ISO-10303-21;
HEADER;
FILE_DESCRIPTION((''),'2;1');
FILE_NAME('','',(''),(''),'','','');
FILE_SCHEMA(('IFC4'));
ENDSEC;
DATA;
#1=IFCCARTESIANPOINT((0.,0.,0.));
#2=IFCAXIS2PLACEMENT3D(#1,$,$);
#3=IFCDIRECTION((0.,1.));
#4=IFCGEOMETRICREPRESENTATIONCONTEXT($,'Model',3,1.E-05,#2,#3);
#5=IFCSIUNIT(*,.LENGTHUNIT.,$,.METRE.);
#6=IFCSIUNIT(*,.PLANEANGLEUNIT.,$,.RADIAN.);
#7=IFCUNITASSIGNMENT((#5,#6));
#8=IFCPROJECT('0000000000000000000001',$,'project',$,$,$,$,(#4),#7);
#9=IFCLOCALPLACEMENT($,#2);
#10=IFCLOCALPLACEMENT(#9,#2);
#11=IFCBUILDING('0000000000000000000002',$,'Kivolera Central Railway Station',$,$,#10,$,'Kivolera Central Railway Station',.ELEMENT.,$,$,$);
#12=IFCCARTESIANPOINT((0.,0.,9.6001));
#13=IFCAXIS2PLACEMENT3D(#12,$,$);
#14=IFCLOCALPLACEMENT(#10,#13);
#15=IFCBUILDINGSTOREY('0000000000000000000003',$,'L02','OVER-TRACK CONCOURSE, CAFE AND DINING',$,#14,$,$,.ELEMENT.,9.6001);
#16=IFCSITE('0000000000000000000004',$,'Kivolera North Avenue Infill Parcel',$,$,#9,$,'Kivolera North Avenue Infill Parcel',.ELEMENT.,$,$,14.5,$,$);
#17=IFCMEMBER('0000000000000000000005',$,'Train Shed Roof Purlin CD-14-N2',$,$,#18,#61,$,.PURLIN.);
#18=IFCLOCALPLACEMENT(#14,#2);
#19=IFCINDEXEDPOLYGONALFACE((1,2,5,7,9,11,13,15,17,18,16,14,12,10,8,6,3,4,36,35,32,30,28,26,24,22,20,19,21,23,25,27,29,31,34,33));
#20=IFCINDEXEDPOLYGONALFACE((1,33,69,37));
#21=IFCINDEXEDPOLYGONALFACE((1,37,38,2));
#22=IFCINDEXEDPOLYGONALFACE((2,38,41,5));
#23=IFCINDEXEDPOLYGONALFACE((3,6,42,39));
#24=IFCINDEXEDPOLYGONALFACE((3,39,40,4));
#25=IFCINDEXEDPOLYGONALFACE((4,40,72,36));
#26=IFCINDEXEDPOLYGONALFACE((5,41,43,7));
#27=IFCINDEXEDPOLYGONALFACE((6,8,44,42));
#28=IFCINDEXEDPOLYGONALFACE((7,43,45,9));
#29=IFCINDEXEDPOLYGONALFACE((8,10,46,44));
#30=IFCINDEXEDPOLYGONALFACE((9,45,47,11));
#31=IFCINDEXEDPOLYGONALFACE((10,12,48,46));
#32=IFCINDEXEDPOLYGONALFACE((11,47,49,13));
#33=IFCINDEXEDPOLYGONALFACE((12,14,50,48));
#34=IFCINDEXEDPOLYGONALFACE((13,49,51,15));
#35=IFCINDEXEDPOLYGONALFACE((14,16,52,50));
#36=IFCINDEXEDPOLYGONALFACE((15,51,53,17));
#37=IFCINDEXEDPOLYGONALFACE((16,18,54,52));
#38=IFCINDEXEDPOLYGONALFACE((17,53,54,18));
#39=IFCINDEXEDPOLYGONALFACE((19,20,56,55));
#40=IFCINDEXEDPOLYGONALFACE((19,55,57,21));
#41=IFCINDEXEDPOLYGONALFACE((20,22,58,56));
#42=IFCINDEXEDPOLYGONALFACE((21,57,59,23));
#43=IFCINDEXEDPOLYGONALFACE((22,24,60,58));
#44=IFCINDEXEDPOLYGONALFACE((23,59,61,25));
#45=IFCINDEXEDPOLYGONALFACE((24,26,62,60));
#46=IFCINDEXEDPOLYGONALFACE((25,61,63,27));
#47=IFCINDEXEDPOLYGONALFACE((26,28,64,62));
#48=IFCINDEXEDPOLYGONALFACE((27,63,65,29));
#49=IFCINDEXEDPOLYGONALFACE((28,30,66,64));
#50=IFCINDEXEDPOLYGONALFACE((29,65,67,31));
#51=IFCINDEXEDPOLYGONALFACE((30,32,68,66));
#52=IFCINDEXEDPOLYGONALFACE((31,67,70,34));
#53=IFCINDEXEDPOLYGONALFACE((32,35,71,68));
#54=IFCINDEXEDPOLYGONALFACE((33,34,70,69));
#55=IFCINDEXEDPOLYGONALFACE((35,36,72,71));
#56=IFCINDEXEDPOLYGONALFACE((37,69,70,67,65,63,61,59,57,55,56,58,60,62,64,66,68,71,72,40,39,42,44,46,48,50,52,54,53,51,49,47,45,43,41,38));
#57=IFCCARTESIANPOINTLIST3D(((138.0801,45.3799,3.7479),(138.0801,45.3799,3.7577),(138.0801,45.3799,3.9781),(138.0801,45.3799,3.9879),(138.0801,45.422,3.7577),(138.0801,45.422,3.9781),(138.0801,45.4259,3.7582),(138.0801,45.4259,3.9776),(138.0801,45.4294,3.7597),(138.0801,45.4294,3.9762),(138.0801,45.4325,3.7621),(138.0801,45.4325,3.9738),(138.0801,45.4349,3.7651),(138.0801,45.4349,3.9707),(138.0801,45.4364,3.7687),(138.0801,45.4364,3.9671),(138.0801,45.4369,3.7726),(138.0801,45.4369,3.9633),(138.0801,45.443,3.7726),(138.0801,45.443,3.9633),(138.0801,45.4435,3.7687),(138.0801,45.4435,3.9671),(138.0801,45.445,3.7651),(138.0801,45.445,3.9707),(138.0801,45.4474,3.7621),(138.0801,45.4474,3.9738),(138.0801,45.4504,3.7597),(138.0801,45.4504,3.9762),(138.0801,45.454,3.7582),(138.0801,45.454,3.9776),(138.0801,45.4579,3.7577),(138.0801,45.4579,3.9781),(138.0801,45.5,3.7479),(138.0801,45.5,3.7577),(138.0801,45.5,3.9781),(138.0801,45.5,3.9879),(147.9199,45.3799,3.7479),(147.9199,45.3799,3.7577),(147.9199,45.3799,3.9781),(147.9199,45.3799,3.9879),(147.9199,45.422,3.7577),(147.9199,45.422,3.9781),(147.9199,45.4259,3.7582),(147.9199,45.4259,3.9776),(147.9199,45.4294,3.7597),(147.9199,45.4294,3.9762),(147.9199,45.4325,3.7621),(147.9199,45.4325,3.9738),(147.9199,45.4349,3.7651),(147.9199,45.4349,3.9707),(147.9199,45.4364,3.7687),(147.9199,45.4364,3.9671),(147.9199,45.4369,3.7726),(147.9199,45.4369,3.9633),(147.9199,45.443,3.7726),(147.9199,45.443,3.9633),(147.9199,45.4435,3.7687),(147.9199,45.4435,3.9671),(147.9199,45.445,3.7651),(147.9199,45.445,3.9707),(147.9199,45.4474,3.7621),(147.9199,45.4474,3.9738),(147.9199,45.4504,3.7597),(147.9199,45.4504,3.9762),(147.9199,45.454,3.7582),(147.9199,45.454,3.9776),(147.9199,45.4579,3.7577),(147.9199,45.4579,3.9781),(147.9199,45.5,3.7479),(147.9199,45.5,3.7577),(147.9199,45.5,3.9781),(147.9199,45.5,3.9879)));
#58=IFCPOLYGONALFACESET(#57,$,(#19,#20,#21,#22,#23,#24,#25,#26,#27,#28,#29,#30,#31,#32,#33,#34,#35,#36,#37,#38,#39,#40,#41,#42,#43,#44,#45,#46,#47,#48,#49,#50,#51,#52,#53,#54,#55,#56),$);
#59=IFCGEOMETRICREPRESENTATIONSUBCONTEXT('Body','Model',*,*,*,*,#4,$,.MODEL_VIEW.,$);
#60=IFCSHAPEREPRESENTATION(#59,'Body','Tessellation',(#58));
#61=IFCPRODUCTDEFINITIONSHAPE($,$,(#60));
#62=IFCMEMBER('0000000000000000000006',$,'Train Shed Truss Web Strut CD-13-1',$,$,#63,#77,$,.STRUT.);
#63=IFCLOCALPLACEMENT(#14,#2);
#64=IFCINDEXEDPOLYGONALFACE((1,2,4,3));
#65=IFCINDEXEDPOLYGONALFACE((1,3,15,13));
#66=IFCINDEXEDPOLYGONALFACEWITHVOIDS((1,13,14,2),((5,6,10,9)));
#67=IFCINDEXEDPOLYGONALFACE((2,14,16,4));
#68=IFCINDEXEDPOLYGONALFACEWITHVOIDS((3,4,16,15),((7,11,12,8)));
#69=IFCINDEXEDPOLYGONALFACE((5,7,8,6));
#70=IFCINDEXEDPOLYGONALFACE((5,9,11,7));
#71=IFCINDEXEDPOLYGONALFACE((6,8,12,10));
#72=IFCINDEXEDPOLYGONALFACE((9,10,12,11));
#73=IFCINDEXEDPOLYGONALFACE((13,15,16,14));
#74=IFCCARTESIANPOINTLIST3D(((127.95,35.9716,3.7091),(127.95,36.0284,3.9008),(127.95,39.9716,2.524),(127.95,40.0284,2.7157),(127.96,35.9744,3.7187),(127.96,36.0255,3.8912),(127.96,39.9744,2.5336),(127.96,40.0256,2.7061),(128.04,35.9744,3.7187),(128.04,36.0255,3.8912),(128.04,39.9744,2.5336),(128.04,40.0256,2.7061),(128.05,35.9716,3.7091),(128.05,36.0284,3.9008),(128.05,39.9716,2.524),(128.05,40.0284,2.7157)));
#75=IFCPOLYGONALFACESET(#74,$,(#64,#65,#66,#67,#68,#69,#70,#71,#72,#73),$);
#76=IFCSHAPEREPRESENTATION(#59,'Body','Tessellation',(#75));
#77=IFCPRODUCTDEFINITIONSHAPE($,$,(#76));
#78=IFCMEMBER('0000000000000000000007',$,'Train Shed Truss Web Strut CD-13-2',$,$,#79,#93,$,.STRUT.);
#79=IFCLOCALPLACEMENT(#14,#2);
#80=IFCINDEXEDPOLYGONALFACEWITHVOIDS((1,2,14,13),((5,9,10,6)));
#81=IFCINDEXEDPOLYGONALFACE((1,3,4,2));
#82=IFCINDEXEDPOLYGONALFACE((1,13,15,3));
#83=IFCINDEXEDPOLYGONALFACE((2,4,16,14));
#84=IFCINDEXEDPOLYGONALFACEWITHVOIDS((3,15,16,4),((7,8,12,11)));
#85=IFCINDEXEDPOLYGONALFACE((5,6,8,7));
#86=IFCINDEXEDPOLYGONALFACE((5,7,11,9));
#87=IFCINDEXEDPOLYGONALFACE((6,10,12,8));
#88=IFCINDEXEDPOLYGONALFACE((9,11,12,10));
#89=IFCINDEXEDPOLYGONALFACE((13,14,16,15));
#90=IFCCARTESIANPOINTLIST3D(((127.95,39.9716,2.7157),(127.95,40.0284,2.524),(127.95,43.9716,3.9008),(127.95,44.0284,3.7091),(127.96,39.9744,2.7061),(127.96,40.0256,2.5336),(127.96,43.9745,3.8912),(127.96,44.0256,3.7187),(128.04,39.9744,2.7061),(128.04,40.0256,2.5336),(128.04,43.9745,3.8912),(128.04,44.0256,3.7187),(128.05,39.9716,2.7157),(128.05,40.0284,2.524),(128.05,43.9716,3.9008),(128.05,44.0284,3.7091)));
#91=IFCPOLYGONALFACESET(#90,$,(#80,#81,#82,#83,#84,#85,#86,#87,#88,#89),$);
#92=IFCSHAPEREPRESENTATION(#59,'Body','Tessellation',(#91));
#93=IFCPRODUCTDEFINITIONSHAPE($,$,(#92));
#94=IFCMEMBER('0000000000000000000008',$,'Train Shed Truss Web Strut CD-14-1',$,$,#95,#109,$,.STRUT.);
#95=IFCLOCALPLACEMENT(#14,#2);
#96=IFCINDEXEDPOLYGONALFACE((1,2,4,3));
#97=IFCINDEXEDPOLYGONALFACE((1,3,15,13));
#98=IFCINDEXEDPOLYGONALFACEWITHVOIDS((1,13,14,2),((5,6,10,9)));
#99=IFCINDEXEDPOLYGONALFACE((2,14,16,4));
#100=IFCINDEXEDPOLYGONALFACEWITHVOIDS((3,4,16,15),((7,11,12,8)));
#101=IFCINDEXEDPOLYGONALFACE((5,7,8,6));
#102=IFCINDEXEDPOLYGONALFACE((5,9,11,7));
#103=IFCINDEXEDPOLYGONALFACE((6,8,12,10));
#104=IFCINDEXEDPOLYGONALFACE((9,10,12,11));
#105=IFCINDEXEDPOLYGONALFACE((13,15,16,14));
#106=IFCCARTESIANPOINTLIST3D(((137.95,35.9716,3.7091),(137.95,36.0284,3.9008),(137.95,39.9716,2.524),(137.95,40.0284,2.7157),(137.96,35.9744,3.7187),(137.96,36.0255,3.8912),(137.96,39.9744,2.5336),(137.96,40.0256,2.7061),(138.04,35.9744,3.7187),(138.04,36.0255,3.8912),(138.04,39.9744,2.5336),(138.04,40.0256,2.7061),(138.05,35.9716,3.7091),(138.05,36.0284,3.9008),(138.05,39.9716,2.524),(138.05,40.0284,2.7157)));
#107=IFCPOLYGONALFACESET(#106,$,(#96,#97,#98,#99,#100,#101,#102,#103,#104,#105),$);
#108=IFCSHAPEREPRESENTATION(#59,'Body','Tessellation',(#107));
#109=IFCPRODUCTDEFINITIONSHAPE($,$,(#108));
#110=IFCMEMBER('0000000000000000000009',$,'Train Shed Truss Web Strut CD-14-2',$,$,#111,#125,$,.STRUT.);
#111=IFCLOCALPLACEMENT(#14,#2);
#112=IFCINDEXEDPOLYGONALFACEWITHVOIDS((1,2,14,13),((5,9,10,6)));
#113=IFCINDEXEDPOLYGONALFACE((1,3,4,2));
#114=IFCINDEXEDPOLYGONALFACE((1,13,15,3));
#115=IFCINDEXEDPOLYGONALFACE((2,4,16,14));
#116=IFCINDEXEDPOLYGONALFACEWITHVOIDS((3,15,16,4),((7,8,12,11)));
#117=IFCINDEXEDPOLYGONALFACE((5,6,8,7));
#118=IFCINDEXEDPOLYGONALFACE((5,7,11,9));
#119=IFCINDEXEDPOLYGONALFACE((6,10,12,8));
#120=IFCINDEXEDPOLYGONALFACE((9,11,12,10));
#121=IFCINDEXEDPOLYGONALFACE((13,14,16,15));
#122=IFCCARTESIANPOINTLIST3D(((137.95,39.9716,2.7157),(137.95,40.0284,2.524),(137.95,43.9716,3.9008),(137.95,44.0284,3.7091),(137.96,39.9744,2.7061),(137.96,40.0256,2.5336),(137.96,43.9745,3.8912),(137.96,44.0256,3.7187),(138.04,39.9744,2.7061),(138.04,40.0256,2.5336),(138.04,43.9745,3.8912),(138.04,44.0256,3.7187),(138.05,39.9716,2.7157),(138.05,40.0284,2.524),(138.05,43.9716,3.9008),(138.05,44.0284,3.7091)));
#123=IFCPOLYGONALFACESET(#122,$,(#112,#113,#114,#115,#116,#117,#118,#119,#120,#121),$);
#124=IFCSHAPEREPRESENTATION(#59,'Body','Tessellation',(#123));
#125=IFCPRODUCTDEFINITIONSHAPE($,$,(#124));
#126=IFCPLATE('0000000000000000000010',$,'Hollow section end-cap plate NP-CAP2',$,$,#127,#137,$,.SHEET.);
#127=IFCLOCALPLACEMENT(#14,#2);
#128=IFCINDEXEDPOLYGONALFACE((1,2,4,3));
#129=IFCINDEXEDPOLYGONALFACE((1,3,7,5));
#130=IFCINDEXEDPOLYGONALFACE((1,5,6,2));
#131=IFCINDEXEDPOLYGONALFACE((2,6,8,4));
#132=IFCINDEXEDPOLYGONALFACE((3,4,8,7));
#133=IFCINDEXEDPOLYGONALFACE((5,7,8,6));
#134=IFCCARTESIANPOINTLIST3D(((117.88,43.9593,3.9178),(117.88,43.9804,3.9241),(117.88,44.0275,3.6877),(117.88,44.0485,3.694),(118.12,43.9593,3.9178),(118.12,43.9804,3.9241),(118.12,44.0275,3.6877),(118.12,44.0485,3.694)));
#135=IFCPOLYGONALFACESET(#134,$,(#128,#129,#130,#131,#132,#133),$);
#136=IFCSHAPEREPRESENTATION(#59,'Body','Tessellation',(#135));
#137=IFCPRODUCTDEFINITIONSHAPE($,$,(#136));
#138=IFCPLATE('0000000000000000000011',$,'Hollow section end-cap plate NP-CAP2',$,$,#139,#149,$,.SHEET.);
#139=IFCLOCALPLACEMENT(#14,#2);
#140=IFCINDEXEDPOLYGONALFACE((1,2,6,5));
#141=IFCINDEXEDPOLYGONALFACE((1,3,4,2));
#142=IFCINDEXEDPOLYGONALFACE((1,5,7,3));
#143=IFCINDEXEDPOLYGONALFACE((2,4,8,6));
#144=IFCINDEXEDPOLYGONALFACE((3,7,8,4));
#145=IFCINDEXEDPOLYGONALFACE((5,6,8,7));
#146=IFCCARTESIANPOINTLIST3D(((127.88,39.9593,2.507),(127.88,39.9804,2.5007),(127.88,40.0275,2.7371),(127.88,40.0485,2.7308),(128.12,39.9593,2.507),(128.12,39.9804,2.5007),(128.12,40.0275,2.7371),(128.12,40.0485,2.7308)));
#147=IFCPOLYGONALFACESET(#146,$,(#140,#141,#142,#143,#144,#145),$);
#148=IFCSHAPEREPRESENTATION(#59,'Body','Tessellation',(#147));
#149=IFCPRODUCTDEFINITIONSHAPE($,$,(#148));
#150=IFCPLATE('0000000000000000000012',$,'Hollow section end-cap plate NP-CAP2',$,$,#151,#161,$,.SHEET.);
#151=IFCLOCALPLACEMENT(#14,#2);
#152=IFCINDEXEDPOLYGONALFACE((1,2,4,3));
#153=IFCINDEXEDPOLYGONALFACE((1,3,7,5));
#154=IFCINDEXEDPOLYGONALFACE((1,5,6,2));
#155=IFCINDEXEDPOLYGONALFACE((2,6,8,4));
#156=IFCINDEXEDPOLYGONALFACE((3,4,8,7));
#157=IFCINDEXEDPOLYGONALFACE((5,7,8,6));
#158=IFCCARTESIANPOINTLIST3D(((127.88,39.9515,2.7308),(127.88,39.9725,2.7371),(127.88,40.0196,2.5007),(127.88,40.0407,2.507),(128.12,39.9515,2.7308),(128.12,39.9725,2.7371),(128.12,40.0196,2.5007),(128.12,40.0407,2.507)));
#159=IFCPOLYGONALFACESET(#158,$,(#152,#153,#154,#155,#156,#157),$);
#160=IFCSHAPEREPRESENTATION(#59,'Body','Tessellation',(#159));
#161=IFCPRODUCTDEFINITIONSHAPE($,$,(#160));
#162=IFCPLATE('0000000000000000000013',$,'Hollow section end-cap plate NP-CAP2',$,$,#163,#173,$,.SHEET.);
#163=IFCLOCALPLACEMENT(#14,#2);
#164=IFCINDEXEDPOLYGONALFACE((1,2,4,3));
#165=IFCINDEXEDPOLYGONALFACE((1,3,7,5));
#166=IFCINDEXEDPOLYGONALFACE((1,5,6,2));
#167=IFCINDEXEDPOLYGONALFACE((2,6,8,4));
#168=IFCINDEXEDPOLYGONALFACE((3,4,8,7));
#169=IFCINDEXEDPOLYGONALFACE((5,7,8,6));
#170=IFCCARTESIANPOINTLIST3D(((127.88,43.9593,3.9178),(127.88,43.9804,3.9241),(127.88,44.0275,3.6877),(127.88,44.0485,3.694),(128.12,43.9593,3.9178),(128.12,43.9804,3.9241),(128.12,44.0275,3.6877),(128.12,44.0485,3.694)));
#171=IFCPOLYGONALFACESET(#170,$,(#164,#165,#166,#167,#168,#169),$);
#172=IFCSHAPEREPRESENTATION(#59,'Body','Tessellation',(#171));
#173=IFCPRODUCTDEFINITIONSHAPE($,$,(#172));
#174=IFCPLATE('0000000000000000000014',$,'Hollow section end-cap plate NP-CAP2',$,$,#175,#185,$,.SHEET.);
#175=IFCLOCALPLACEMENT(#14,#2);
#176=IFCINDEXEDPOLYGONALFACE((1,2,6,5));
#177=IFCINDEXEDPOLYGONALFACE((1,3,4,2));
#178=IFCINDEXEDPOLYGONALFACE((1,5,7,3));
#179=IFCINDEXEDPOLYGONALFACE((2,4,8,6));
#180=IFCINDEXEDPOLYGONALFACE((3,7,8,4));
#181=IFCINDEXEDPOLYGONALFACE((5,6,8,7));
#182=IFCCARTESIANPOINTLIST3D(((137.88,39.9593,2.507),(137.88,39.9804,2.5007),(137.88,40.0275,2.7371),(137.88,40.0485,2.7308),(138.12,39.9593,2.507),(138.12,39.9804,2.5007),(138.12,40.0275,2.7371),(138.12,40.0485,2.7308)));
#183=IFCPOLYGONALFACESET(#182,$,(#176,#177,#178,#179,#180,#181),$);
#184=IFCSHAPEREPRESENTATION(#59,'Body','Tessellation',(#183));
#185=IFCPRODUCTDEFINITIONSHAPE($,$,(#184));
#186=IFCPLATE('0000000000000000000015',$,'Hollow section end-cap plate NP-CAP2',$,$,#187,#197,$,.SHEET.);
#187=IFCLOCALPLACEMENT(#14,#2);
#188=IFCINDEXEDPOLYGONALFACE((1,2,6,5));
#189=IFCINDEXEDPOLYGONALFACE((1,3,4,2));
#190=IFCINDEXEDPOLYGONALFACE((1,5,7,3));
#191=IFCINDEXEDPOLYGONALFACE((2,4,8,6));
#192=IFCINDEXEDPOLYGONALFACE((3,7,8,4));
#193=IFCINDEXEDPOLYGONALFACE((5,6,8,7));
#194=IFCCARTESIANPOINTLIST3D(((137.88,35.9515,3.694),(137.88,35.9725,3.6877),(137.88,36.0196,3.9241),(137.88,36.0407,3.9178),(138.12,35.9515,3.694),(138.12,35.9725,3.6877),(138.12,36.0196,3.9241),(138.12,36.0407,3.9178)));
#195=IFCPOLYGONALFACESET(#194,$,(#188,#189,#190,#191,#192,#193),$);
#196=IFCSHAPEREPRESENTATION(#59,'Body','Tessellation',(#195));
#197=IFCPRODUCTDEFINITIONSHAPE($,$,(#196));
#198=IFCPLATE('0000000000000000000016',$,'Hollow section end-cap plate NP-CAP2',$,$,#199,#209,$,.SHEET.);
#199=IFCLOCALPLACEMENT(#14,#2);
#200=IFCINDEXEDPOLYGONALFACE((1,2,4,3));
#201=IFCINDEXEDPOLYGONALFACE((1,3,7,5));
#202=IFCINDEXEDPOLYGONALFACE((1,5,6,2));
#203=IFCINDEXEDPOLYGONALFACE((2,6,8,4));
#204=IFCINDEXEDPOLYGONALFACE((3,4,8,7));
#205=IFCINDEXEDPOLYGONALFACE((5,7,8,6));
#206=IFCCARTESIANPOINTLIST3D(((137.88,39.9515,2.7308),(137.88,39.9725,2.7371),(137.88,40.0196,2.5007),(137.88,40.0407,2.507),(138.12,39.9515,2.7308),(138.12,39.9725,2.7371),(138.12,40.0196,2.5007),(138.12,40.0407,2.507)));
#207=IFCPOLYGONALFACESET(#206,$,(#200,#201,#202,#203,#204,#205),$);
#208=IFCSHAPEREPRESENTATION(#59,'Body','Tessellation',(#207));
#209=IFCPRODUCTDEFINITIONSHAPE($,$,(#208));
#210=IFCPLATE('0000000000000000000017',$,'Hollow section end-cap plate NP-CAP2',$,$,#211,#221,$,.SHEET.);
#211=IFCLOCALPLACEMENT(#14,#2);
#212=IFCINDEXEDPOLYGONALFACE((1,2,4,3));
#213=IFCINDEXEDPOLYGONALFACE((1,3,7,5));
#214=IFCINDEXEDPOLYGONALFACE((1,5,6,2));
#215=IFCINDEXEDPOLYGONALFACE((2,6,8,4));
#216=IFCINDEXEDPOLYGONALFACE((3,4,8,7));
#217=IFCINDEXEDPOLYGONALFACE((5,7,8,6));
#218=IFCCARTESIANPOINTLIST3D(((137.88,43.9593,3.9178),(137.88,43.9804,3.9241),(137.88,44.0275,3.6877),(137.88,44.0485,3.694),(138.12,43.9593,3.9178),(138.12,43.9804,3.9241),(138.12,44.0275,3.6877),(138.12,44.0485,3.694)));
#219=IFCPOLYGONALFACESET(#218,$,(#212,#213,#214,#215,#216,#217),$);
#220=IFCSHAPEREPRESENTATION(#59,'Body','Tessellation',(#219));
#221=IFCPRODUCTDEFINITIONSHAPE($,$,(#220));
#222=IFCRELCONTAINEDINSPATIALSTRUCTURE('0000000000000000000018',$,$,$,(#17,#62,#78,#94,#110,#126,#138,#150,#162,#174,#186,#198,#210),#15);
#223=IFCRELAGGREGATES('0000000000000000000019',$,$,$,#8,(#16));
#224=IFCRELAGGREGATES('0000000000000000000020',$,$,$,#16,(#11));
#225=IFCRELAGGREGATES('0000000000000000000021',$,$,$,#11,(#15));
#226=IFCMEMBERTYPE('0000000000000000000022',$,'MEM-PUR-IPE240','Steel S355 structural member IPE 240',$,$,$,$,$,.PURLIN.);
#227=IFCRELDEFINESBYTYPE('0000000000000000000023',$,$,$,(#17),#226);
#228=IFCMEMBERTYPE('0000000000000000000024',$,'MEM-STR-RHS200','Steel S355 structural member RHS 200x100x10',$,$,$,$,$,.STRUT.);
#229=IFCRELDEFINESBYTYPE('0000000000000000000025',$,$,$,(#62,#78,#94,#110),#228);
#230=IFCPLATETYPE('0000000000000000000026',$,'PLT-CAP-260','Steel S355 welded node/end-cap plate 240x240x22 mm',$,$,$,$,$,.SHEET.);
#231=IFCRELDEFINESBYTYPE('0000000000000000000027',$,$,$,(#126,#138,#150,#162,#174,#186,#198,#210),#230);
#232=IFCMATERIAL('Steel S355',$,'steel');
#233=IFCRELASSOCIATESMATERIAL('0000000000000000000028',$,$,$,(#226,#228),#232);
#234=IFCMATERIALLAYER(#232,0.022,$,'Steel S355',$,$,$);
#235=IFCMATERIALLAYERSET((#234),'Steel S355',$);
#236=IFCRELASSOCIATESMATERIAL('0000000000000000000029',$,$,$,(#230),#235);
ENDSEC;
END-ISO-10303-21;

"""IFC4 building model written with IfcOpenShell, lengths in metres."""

from ifc_helpers import new_model, si_unit, direction, frame, origin, origin_2d, place, context, subcontext, project, spatial, rectangle, hollow_rectangle, i_section, extrude, material, layer, layer_set, material_profile, profile_set, type_object, element, save


model = new_model("IFC4")

# Units and contexts
model_context = context("Model", 3, precision=1e-05, world=origin(), true_north=direction((0.0, 1.0)))
body_context = subcontext(model_context, "Body", "Model", "MODEL_VIEW")
ifc_project = project(units=[si_unit("LENGTHUNIT", "METRE"), si_unit("PLANEANGLEUNIT", "RADIAN")], contexts=[model_context])

# Site, building, storey
site_placement = place(None, origin())
site = spatial("IfcSite", under=ifc_project, at=site_placement, Name="Kivolera North Avenue Infill Parcel", LongName="Kivolera North Avenue Infill Parcel", CompositionType="ELEMENT", RefElevation=14.5)
building_placement = place(site_placement, origin())
building = spatial("IfcBuilding", under=site, at=building_placement, Name="Kivolera Central Railway Station", LongName="Kivolera Central Railway Station", CompositionType="ELEMENT")
storey_placement = place(building_placement, frame((0.0, 0.0, 9.6001)))
storey = spatial("IfcBuildingStorey", under=building, at=storey_placement, Name="L02", Description="OVER-TRACK CONCOURSE, CAFE AND DINING", CompositionType="ELEMENT", Elevation=9.6001)

# Shared definitions
ifc_material_1 = material(Name="Steel S355", Category="steel")

# Members
ifc_material_profile_1 = material_profile(ifc_material_1, i_section(OverallWidth=0.1201, OverallDepth=0.24, WebThickness=0.0061, FlangeThickness=0.0098, FilletRadius=0.0149, at=origin_2d()), Name="IPE 240")
ifc_profile_set_1 = profile_set([ifc_material_profile_1], Name="Steel S355")
member_type_1 = type_object("IfcMemberType", Name="MEM-PUR-IPE240", Description="Steel S355 structural member IPE 240", PredefinedType="PURLIN", material=ifc_profile_set_1)
for number, where, z_axis, x_axis, name in (
    (1, (138.0801, 45.4399, 3.8679), (1.0, 0.0, 0.0), (0.0, 1.0, 0.0), "Train Shed Roof Purlin CD-14-N2"),
):
    element("IfcMember", number, at=place(storey_placement, frame(where, z_axis=z_axis, x_axis=x_axis)), inside=storey, type_object=member_type_1, Name=name, PredefinedType="PURLIN", context=body_context, shape_type="SweptSolid", body=[
        extrude(i_section(OverallWidth=0.1201, OverallDepth=0.24, WebThickness=0.0061, FlangeThickness=0.0098, FilletRadius=0.0149, at=origin_2d()), origin(), (0.0, 0.0, 1.0), 9.8398),
    ])
ifc_material_profile_2 = material_profile(ifc_material_1, hollow_rectangle(XDim=0.1001, YDim=0.2, WallThickness=0.01, at=origin_2d()), Name="RHS 200x100x10")
ifc_profile_set_2 = profile_set([ifc_material_profile_2], Name="Steel S355")
member_type_2 = type_object("IfcMemberType", Name="MEM-STR-RHS200", Description="Steel S355 structural member RHS 200x100x10", PredefinedType="STRUT", material=ifc_profile_set_2)
for number, where, z_axis, x_axis, name in (
    (2, (128.0, 40.0, 2.6199), (0.0, -0.958806, 0.28406), (1.0, 0.0, 0.0), "Train Shed Truss Web Strut CD-13-1"),
    (3, (128.0, 40.0, 2.6199), (0.0, 0.958806, 0.28406), (-1.0, 0.0, 0.0), "Train Shed Truss Web Strut CD-13-2"),
    (4, (138.0, 40.0, 2.6199), (0.0, -0.958806, 0.28406), (1.0, 0.0, 0.0), "Train Shed Truss Web Strut CD-14-1"),
    (5, (138.0, 40.0, 2.6199), (0.0, 0.958806, 0.28406), (-1.0, 0.0, 0.0), "Train Shed Truss Web Strut CD-14-2"),
):
    element("IfcMember", number, at=place(storey_placement, frame(where, z_axis=z_axis, x_axis=x_axis)), inside=storey, type_object=member_type_2, Name=name, PredefinedType="STRUT", context=body_context, shape_type="SweptSolid", body=[
        extrude(hollow_rectangle(XDim=0.1001, YDim=0.2, WallThickness=0.01, at=origin_2d()), origin(), (0.0, 0.0, 1.0), 4.1719),
    ])

# Plates
ifc_layer_1 = layer(ifc_material_1, 0.022, Name="Steel S355")
ifc_layer_set_1 = layer_set([ifc_layer_1], Name="Steel S355")
plate_type = type_object("IfcPlateType", Name="PLT-CAP-260", Description="Steel S355 welded node/end-cap plate 240x240x22 mm", PredefinedType="SHEET", material=ifc_layer_set_1)
for number, where, z_axis, x_axis, name in (
    (6, (118.0, 44.0039, 3.8059), (0.0, 0.95881, 0.284048), (-1.0, 0.0, 0.0), "Hollow section end-cap plate NP-CAP2"),
    (7, (128.0, 40.0039, 2.6189), (0.0, -0.95881, 0.284048), (1.0, 0.0, 0.0), "Hollow section end-cap plate NP-CAP2"),
    (8, (128.0, 39.9961, 2.6189), (0.0, 0.95881, 0.284048), (-1.0, 0.0, 0.0), "Hollow section end-cap plate NP-CAP2"),
    (9, (128.0, 44.0039, 3.8059), (0.0, 0.95881, 0.284048), (-1.0, 0.0, 0.0), "Hollow section end-cap plate NP-CAP2"),
    (10, (138.0, 40.0039, 2.6189), (0.0, -0.95881, 0.284048), (1.0, 0.0, 0.0), "Hollow section end-cap plate NP-CAP2"),
    (11, (138.0, 35.9961, 3.8059), (0.0, -0.95881, 0.284048), (1.0, 0.0, 0.0), "Hollow section end-cap plate NP-CAP2"),
    (12, (138.0, 39.9961, 2.6189), (0.0, 0.95881, 0.284048), (-1.0, 0.0, 0.0), "Hollow section end-cap plate NP-CAP2"),
    (13, (138.0, 44.0039, 3.8059), (0.0, 0.95881, 0.284048), (-1.0, 0.0, 0.0), "Hollow section end-cap plate NP-CAP2"),
):
    element("IfcPlate", number, at=place(storey_placement, frame(where, z_axis=z_axis, x_axis=x_axis)), inside=storey, type_object=plate_type, Name=name, PredefinedType="SHEET", context=body_context, shape_type="SweptSolid", body=[
        extrude(rectangle(XDim=0.24, YDim=0.24, at=origin_2d()), frame((0.0, 0.0, -0.011)), (0.0, 0.0, 1.0), 0.022),
    ])

save(model, "model.ifc")
